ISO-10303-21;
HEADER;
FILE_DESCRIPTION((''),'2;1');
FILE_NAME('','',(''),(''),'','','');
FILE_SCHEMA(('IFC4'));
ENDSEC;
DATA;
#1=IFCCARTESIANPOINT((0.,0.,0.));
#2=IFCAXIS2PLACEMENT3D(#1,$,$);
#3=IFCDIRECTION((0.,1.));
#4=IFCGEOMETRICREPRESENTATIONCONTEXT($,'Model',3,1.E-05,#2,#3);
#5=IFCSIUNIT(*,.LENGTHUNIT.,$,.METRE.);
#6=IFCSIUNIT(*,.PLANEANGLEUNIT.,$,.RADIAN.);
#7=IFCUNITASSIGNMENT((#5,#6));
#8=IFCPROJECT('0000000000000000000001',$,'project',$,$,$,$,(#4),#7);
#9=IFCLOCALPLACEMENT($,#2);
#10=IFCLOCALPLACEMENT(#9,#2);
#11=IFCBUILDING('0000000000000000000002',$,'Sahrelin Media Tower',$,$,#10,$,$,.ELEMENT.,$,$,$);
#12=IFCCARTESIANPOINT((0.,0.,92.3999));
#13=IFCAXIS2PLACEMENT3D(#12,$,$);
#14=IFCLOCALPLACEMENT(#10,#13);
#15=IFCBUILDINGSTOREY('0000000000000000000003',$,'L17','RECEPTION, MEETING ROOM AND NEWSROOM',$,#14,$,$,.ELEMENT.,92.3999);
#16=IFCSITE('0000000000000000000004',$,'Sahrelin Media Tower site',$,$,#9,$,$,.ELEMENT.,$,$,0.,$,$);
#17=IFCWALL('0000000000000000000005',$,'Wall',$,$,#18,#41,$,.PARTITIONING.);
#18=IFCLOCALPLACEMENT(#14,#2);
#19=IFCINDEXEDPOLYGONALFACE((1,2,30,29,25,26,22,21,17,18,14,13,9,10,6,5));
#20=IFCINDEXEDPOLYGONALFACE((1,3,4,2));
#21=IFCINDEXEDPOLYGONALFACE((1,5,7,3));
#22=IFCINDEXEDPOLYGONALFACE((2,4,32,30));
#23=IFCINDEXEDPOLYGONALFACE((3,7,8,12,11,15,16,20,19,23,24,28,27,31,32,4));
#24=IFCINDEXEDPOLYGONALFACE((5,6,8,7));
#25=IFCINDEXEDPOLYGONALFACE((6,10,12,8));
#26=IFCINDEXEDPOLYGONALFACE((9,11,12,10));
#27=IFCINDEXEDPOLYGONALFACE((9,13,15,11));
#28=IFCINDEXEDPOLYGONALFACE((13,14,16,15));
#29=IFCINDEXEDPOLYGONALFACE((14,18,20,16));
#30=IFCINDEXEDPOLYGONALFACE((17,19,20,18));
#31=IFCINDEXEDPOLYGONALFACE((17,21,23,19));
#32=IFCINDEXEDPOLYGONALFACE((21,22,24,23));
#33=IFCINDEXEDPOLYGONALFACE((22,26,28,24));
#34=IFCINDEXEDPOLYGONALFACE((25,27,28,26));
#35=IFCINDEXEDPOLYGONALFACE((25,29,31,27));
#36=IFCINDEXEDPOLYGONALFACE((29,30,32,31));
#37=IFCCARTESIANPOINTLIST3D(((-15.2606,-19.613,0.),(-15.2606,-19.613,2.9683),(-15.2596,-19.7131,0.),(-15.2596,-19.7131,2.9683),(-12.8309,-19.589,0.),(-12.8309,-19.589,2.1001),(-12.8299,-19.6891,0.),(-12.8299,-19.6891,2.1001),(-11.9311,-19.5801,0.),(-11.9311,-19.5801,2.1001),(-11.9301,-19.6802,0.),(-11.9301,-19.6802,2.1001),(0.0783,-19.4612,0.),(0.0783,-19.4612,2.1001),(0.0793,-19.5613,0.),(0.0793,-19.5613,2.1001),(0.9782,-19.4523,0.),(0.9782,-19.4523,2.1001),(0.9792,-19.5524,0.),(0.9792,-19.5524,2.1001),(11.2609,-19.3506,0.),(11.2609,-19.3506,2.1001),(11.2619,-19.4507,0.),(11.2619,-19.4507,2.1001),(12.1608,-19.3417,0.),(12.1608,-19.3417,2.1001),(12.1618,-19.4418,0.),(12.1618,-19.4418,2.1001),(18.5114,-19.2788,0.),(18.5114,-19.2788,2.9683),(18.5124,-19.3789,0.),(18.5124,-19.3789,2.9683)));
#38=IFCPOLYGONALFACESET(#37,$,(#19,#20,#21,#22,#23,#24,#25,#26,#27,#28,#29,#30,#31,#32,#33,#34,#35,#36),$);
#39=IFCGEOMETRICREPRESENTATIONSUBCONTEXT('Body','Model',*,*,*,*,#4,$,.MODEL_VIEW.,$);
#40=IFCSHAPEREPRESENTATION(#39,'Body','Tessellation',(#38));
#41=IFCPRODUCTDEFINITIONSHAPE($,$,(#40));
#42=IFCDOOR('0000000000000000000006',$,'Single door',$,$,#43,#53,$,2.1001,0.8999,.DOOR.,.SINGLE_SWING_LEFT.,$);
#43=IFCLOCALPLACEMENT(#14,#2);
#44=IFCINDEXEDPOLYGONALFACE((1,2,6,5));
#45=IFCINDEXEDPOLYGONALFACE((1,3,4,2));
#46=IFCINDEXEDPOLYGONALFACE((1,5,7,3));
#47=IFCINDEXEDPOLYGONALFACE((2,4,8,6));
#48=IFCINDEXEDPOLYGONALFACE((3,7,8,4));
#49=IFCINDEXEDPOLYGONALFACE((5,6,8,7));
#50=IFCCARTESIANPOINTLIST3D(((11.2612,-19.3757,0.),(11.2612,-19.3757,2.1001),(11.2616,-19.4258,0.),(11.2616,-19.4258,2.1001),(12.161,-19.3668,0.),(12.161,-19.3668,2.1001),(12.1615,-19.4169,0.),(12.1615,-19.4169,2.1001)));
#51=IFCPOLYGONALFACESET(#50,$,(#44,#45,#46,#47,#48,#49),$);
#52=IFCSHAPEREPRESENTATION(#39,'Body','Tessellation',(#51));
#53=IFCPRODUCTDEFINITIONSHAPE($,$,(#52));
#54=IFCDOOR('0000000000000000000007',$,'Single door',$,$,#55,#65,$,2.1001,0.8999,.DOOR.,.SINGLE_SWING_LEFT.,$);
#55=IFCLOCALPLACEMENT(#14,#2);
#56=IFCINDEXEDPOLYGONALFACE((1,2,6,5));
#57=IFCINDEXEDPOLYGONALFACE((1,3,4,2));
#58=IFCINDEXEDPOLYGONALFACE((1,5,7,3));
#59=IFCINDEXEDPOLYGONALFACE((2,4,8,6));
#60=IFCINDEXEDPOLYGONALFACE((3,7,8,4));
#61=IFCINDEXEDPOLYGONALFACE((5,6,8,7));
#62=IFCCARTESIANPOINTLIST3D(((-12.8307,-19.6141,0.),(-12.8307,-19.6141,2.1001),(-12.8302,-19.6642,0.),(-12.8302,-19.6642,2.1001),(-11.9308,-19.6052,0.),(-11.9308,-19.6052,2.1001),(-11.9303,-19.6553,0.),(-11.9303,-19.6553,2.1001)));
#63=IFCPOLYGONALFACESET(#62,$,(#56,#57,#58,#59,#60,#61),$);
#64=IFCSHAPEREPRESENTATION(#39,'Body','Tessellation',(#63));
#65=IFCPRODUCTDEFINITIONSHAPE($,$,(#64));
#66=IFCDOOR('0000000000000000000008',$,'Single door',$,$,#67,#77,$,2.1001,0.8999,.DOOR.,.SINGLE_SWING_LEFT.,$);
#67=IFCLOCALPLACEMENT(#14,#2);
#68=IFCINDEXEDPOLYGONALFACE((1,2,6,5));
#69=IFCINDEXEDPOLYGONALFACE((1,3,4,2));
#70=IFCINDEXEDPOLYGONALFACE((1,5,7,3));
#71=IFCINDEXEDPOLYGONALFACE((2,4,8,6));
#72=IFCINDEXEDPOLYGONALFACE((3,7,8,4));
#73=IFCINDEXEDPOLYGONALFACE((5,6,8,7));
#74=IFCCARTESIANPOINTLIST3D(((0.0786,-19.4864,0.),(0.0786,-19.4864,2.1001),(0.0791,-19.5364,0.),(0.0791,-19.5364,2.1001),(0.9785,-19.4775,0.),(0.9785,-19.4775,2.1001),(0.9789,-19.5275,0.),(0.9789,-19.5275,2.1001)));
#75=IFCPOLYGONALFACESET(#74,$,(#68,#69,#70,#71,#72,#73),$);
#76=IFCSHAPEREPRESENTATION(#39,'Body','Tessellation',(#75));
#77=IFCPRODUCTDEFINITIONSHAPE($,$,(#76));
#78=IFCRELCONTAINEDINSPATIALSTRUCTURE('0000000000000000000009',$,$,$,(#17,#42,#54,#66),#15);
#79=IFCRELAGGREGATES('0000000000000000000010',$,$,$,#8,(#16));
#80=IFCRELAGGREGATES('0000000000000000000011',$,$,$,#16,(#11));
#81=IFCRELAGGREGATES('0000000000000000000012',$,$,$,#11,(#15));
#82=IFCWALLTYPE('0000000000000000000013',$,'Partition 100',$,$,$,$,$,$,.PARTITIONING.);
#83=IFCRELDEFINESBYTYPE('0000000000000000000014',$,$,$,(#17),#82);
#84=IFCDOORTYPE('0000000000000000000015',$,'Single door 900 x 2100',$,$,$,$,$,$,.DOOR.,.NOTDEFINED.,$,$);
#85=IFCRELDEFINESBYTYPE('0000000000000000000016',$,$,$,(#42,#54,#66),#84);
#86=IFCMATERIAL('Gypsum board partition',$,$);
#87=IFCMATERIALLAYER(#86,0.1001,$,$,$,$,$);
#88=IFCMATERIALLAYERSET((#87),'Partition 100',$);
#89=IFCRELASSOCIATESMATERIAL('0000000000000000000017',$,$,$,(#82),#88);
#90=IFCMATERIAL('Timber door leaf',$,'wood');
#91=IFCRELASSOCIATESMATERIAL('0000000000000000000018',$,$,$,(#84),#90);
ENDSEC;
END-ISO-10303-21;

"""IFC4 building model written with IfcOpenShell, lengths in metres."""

from ifc_helpers import new_model, si_unit, direction, frame, frame_2d, origin, place, context, subcontext, project, spatial, rectangle, extrude, material, layer, layer_set, type_object, element, fill, save


model = new_model("IFC4")

# Units and contexts
model_context = context("Model", 3, precision=1e-05, world=origin(), true_north=direction((0.0, 1.0)))
body_context = subcontext(model_context, "Body", "Model", "MODEL_VIEW")
ifc_project = project(units=[si_unit("LENGTHUNIT", "METRE"), si_unit("PLANEANGLEUNIT", "RADIAN")], contexts=[model_context])

# Site, building, storey
site_placement = place(None, origin())
site = spatial("IfcSite", under=ifc_project, at=site_placement, Name="Sahrelin Media Tower site", CompositionType="ELEMENT", RefElevation=0.0)
building_placement = place(site_placement, origin())
building = spatial("IfcBuilding", under=site, at=building_placement, Name="Sahrelin Media Tower", CompositionType="ELEMENT")
storey_placement = place(building_placement, frame((0.0, 0.0, 92.3999)))
storey = spatial("IfcBuildingStorey", under=building, at=storey_placement, Name="L17", Description="RECEPTION, MEETING ROOM AND NEWSROOM", CompositionType="ELEMENT", Elevation=92.3999)

# Wall, openings, doors
ifc_material_1 = material(Name="Gypsum board partition")
ifc_layer_1 = layer(ifc_material_1, 0.1001)
ifc_layer_set_1 = layer_set([ifc_layer_1], Name="Partition 100")
wall_type_1 = type_object("IfcWallType", Name="Partition 100", PredefinedType="PARTITIONING", material=ifc_layer_set_1)
wall_1_placement = place(storey_placement, frame((-15.26, -19.6631, 0.0), z_axis=(0.0, 0.0, 1.0), x_axis=(0.999951, 0.009896, 0.0)))
wall_1 = element("IfcWall", 1, at=wall_1_placement, inside=storey, type_object=wall_type_1, Name="Wall", PredefinedType="PARTITIONING", context=body_context, shape_type="SweptSolid", body=[
    extrude(rectangle(XDim=33.7737, YDim=0.1001, at=frame_2d((16.8867, 0.0))), origin(), (0.0, 0.0, 1.0), 2.9683),
])
opening_1_placement = place(wall_1_placement, frame((26.5227, 0.0, 0.0)))
opening_1 = element("IfcOpeningElement", 2, at=opening_1_placement, cuts=wall_1, PredefinedType="OPENING", context=body_context, shape_type="SweptSolid", body=[
    extrude(rectangle(XDim=0.8999, YDim=2.1001, at=frame_2d((0.45, 1.05))), frame((0.0, 0.05, 0.0), z_axis=(0.0, -1.0, 0.0), x_axis=(1.0, 0.0, 0.0)), (0.0, 0.0, 1.0), 0.1001),
])
opening_2_placement = place(wall_1_placement, frame((2.4297, 0.0, 0.0)))
opening_2 = element("IfcOpeningElement", 3, at=opening_2_placement, cuts=wall_1, PredefinedType="OPENING", context=body_context, shape_type="SweptSolid", body=[
    extrude(rectangle(XDim=0.8999, YDim=2.1001, at=frame_2d((0.45, 1.05))), frame((0.0, 0.05, 0.0), z_axis=(0.0, -1.0, 0.0), x_axis=(1.0, 0.0, 0.0)), (0.0, 0.0, 1.0), 0.1001),
])
opening_3_placement = place(wall_1_placement, frame((15.3396, 0.0, 0.0)))
opening_3 = element("IfcOpeningElement", 4, at=opening_3_placement, cuts=wall_1, PredefinedType="OPENING", context=body_context, shape_type="SweptSolid", body=[
    extrude(rectangle(XDim=0.8999, YDim=2.1001, at=frame_2d((0.45, 1.05))), frame((0.0, 0.05, 0.0), z_axis=(0.0, -1.0, 0.0), x_axis=(1.0, 0.0, 0.0)), (0.0, 0.0, 1.0), 0.1001),
])
ifc_material_2 = material(Name="Timber door leaf", Category="wood")
door_type_1 = type_object("IfcDoorType", Name="Single door 900 x 2100", OperationType="NOTDEFINED", PredefinedType="DOOR", material=ifc_material_2)
door_1_placement = place(opening_1_placement, origin())
door_1 = element("IfcDoor", 5, at=door_1_placement, inside=storey, type_object=door_type_1, Name="Single door", OperationType="SINGLE_SWING_LEFT", OverallHeight=2.1001, OverallWidth=0.8999, PredefinedType="DOOR", context=body_context, shape_type="SweptSolid", body=[
    extrude(rectangle(XDim=0.8999, YDim=2.1001, at=frame_2d((0.45, 1.05))), frame((0.0, 0.0249, 0.0), z_axis=(0.0, -1.0, 0.0), x_axis=(1.0, 0.0, 0.0)), (0.0, 0.0, 1.0), 0.05),
])
fill(opening_1, door_1)
door_2_placement = place(opening_2_placement, origin())
door_2 = element("IfcDoor", 6, at=door_2_placement, inside=storey, type_object=door_type_1, Name="Single door", OperationType="SINGLE_SWING_LEFT", OverallHeight=2.1001, OverallWidth=0.8999, PredefinedType="DOOR", context=body_context, shape_type="SweptSolid", body=[
    extrude(rectangle(XDim=0.8999, YDim=2.1001, at=frame_2d((0.45, 1.05))), frame((0.0, 0.0249, 0.0), z_axis=(0.0, -1.0, 0.0), x_axis=(1.0, 0.0, 0.0)), (0.0, 0.0, 1.0), 0.05),
])
fill(opening_2, door_2)
door_3_placement = place(opening_3_placement, origin())
door_3 = element("IfcDoor", 7, at=door_3_placement, inside=storey, type_object=door_type_1, Name="Single door", OperationType="SINGLE_SWING_LEFT", OverallHeight=2.1001, OverallWidth=0.8999, PredefinedType="DOOR", context=body_context, shape_type="SweptSolid", body=[
    extrude(rectangle(XDim=0.8999, YDim=2.1001, at=frame_2d((0.45, 1.05))), frame((0.0, 0.0249, 0.0), z_axis=(0.0, -1.0, 0.0), x_axis=(1.0, 0.0, 0.0)), (0.0, 0.0, 1.0), 0.05),
])
fill(opening_3, door_3)

save(model, "model.ifc")
